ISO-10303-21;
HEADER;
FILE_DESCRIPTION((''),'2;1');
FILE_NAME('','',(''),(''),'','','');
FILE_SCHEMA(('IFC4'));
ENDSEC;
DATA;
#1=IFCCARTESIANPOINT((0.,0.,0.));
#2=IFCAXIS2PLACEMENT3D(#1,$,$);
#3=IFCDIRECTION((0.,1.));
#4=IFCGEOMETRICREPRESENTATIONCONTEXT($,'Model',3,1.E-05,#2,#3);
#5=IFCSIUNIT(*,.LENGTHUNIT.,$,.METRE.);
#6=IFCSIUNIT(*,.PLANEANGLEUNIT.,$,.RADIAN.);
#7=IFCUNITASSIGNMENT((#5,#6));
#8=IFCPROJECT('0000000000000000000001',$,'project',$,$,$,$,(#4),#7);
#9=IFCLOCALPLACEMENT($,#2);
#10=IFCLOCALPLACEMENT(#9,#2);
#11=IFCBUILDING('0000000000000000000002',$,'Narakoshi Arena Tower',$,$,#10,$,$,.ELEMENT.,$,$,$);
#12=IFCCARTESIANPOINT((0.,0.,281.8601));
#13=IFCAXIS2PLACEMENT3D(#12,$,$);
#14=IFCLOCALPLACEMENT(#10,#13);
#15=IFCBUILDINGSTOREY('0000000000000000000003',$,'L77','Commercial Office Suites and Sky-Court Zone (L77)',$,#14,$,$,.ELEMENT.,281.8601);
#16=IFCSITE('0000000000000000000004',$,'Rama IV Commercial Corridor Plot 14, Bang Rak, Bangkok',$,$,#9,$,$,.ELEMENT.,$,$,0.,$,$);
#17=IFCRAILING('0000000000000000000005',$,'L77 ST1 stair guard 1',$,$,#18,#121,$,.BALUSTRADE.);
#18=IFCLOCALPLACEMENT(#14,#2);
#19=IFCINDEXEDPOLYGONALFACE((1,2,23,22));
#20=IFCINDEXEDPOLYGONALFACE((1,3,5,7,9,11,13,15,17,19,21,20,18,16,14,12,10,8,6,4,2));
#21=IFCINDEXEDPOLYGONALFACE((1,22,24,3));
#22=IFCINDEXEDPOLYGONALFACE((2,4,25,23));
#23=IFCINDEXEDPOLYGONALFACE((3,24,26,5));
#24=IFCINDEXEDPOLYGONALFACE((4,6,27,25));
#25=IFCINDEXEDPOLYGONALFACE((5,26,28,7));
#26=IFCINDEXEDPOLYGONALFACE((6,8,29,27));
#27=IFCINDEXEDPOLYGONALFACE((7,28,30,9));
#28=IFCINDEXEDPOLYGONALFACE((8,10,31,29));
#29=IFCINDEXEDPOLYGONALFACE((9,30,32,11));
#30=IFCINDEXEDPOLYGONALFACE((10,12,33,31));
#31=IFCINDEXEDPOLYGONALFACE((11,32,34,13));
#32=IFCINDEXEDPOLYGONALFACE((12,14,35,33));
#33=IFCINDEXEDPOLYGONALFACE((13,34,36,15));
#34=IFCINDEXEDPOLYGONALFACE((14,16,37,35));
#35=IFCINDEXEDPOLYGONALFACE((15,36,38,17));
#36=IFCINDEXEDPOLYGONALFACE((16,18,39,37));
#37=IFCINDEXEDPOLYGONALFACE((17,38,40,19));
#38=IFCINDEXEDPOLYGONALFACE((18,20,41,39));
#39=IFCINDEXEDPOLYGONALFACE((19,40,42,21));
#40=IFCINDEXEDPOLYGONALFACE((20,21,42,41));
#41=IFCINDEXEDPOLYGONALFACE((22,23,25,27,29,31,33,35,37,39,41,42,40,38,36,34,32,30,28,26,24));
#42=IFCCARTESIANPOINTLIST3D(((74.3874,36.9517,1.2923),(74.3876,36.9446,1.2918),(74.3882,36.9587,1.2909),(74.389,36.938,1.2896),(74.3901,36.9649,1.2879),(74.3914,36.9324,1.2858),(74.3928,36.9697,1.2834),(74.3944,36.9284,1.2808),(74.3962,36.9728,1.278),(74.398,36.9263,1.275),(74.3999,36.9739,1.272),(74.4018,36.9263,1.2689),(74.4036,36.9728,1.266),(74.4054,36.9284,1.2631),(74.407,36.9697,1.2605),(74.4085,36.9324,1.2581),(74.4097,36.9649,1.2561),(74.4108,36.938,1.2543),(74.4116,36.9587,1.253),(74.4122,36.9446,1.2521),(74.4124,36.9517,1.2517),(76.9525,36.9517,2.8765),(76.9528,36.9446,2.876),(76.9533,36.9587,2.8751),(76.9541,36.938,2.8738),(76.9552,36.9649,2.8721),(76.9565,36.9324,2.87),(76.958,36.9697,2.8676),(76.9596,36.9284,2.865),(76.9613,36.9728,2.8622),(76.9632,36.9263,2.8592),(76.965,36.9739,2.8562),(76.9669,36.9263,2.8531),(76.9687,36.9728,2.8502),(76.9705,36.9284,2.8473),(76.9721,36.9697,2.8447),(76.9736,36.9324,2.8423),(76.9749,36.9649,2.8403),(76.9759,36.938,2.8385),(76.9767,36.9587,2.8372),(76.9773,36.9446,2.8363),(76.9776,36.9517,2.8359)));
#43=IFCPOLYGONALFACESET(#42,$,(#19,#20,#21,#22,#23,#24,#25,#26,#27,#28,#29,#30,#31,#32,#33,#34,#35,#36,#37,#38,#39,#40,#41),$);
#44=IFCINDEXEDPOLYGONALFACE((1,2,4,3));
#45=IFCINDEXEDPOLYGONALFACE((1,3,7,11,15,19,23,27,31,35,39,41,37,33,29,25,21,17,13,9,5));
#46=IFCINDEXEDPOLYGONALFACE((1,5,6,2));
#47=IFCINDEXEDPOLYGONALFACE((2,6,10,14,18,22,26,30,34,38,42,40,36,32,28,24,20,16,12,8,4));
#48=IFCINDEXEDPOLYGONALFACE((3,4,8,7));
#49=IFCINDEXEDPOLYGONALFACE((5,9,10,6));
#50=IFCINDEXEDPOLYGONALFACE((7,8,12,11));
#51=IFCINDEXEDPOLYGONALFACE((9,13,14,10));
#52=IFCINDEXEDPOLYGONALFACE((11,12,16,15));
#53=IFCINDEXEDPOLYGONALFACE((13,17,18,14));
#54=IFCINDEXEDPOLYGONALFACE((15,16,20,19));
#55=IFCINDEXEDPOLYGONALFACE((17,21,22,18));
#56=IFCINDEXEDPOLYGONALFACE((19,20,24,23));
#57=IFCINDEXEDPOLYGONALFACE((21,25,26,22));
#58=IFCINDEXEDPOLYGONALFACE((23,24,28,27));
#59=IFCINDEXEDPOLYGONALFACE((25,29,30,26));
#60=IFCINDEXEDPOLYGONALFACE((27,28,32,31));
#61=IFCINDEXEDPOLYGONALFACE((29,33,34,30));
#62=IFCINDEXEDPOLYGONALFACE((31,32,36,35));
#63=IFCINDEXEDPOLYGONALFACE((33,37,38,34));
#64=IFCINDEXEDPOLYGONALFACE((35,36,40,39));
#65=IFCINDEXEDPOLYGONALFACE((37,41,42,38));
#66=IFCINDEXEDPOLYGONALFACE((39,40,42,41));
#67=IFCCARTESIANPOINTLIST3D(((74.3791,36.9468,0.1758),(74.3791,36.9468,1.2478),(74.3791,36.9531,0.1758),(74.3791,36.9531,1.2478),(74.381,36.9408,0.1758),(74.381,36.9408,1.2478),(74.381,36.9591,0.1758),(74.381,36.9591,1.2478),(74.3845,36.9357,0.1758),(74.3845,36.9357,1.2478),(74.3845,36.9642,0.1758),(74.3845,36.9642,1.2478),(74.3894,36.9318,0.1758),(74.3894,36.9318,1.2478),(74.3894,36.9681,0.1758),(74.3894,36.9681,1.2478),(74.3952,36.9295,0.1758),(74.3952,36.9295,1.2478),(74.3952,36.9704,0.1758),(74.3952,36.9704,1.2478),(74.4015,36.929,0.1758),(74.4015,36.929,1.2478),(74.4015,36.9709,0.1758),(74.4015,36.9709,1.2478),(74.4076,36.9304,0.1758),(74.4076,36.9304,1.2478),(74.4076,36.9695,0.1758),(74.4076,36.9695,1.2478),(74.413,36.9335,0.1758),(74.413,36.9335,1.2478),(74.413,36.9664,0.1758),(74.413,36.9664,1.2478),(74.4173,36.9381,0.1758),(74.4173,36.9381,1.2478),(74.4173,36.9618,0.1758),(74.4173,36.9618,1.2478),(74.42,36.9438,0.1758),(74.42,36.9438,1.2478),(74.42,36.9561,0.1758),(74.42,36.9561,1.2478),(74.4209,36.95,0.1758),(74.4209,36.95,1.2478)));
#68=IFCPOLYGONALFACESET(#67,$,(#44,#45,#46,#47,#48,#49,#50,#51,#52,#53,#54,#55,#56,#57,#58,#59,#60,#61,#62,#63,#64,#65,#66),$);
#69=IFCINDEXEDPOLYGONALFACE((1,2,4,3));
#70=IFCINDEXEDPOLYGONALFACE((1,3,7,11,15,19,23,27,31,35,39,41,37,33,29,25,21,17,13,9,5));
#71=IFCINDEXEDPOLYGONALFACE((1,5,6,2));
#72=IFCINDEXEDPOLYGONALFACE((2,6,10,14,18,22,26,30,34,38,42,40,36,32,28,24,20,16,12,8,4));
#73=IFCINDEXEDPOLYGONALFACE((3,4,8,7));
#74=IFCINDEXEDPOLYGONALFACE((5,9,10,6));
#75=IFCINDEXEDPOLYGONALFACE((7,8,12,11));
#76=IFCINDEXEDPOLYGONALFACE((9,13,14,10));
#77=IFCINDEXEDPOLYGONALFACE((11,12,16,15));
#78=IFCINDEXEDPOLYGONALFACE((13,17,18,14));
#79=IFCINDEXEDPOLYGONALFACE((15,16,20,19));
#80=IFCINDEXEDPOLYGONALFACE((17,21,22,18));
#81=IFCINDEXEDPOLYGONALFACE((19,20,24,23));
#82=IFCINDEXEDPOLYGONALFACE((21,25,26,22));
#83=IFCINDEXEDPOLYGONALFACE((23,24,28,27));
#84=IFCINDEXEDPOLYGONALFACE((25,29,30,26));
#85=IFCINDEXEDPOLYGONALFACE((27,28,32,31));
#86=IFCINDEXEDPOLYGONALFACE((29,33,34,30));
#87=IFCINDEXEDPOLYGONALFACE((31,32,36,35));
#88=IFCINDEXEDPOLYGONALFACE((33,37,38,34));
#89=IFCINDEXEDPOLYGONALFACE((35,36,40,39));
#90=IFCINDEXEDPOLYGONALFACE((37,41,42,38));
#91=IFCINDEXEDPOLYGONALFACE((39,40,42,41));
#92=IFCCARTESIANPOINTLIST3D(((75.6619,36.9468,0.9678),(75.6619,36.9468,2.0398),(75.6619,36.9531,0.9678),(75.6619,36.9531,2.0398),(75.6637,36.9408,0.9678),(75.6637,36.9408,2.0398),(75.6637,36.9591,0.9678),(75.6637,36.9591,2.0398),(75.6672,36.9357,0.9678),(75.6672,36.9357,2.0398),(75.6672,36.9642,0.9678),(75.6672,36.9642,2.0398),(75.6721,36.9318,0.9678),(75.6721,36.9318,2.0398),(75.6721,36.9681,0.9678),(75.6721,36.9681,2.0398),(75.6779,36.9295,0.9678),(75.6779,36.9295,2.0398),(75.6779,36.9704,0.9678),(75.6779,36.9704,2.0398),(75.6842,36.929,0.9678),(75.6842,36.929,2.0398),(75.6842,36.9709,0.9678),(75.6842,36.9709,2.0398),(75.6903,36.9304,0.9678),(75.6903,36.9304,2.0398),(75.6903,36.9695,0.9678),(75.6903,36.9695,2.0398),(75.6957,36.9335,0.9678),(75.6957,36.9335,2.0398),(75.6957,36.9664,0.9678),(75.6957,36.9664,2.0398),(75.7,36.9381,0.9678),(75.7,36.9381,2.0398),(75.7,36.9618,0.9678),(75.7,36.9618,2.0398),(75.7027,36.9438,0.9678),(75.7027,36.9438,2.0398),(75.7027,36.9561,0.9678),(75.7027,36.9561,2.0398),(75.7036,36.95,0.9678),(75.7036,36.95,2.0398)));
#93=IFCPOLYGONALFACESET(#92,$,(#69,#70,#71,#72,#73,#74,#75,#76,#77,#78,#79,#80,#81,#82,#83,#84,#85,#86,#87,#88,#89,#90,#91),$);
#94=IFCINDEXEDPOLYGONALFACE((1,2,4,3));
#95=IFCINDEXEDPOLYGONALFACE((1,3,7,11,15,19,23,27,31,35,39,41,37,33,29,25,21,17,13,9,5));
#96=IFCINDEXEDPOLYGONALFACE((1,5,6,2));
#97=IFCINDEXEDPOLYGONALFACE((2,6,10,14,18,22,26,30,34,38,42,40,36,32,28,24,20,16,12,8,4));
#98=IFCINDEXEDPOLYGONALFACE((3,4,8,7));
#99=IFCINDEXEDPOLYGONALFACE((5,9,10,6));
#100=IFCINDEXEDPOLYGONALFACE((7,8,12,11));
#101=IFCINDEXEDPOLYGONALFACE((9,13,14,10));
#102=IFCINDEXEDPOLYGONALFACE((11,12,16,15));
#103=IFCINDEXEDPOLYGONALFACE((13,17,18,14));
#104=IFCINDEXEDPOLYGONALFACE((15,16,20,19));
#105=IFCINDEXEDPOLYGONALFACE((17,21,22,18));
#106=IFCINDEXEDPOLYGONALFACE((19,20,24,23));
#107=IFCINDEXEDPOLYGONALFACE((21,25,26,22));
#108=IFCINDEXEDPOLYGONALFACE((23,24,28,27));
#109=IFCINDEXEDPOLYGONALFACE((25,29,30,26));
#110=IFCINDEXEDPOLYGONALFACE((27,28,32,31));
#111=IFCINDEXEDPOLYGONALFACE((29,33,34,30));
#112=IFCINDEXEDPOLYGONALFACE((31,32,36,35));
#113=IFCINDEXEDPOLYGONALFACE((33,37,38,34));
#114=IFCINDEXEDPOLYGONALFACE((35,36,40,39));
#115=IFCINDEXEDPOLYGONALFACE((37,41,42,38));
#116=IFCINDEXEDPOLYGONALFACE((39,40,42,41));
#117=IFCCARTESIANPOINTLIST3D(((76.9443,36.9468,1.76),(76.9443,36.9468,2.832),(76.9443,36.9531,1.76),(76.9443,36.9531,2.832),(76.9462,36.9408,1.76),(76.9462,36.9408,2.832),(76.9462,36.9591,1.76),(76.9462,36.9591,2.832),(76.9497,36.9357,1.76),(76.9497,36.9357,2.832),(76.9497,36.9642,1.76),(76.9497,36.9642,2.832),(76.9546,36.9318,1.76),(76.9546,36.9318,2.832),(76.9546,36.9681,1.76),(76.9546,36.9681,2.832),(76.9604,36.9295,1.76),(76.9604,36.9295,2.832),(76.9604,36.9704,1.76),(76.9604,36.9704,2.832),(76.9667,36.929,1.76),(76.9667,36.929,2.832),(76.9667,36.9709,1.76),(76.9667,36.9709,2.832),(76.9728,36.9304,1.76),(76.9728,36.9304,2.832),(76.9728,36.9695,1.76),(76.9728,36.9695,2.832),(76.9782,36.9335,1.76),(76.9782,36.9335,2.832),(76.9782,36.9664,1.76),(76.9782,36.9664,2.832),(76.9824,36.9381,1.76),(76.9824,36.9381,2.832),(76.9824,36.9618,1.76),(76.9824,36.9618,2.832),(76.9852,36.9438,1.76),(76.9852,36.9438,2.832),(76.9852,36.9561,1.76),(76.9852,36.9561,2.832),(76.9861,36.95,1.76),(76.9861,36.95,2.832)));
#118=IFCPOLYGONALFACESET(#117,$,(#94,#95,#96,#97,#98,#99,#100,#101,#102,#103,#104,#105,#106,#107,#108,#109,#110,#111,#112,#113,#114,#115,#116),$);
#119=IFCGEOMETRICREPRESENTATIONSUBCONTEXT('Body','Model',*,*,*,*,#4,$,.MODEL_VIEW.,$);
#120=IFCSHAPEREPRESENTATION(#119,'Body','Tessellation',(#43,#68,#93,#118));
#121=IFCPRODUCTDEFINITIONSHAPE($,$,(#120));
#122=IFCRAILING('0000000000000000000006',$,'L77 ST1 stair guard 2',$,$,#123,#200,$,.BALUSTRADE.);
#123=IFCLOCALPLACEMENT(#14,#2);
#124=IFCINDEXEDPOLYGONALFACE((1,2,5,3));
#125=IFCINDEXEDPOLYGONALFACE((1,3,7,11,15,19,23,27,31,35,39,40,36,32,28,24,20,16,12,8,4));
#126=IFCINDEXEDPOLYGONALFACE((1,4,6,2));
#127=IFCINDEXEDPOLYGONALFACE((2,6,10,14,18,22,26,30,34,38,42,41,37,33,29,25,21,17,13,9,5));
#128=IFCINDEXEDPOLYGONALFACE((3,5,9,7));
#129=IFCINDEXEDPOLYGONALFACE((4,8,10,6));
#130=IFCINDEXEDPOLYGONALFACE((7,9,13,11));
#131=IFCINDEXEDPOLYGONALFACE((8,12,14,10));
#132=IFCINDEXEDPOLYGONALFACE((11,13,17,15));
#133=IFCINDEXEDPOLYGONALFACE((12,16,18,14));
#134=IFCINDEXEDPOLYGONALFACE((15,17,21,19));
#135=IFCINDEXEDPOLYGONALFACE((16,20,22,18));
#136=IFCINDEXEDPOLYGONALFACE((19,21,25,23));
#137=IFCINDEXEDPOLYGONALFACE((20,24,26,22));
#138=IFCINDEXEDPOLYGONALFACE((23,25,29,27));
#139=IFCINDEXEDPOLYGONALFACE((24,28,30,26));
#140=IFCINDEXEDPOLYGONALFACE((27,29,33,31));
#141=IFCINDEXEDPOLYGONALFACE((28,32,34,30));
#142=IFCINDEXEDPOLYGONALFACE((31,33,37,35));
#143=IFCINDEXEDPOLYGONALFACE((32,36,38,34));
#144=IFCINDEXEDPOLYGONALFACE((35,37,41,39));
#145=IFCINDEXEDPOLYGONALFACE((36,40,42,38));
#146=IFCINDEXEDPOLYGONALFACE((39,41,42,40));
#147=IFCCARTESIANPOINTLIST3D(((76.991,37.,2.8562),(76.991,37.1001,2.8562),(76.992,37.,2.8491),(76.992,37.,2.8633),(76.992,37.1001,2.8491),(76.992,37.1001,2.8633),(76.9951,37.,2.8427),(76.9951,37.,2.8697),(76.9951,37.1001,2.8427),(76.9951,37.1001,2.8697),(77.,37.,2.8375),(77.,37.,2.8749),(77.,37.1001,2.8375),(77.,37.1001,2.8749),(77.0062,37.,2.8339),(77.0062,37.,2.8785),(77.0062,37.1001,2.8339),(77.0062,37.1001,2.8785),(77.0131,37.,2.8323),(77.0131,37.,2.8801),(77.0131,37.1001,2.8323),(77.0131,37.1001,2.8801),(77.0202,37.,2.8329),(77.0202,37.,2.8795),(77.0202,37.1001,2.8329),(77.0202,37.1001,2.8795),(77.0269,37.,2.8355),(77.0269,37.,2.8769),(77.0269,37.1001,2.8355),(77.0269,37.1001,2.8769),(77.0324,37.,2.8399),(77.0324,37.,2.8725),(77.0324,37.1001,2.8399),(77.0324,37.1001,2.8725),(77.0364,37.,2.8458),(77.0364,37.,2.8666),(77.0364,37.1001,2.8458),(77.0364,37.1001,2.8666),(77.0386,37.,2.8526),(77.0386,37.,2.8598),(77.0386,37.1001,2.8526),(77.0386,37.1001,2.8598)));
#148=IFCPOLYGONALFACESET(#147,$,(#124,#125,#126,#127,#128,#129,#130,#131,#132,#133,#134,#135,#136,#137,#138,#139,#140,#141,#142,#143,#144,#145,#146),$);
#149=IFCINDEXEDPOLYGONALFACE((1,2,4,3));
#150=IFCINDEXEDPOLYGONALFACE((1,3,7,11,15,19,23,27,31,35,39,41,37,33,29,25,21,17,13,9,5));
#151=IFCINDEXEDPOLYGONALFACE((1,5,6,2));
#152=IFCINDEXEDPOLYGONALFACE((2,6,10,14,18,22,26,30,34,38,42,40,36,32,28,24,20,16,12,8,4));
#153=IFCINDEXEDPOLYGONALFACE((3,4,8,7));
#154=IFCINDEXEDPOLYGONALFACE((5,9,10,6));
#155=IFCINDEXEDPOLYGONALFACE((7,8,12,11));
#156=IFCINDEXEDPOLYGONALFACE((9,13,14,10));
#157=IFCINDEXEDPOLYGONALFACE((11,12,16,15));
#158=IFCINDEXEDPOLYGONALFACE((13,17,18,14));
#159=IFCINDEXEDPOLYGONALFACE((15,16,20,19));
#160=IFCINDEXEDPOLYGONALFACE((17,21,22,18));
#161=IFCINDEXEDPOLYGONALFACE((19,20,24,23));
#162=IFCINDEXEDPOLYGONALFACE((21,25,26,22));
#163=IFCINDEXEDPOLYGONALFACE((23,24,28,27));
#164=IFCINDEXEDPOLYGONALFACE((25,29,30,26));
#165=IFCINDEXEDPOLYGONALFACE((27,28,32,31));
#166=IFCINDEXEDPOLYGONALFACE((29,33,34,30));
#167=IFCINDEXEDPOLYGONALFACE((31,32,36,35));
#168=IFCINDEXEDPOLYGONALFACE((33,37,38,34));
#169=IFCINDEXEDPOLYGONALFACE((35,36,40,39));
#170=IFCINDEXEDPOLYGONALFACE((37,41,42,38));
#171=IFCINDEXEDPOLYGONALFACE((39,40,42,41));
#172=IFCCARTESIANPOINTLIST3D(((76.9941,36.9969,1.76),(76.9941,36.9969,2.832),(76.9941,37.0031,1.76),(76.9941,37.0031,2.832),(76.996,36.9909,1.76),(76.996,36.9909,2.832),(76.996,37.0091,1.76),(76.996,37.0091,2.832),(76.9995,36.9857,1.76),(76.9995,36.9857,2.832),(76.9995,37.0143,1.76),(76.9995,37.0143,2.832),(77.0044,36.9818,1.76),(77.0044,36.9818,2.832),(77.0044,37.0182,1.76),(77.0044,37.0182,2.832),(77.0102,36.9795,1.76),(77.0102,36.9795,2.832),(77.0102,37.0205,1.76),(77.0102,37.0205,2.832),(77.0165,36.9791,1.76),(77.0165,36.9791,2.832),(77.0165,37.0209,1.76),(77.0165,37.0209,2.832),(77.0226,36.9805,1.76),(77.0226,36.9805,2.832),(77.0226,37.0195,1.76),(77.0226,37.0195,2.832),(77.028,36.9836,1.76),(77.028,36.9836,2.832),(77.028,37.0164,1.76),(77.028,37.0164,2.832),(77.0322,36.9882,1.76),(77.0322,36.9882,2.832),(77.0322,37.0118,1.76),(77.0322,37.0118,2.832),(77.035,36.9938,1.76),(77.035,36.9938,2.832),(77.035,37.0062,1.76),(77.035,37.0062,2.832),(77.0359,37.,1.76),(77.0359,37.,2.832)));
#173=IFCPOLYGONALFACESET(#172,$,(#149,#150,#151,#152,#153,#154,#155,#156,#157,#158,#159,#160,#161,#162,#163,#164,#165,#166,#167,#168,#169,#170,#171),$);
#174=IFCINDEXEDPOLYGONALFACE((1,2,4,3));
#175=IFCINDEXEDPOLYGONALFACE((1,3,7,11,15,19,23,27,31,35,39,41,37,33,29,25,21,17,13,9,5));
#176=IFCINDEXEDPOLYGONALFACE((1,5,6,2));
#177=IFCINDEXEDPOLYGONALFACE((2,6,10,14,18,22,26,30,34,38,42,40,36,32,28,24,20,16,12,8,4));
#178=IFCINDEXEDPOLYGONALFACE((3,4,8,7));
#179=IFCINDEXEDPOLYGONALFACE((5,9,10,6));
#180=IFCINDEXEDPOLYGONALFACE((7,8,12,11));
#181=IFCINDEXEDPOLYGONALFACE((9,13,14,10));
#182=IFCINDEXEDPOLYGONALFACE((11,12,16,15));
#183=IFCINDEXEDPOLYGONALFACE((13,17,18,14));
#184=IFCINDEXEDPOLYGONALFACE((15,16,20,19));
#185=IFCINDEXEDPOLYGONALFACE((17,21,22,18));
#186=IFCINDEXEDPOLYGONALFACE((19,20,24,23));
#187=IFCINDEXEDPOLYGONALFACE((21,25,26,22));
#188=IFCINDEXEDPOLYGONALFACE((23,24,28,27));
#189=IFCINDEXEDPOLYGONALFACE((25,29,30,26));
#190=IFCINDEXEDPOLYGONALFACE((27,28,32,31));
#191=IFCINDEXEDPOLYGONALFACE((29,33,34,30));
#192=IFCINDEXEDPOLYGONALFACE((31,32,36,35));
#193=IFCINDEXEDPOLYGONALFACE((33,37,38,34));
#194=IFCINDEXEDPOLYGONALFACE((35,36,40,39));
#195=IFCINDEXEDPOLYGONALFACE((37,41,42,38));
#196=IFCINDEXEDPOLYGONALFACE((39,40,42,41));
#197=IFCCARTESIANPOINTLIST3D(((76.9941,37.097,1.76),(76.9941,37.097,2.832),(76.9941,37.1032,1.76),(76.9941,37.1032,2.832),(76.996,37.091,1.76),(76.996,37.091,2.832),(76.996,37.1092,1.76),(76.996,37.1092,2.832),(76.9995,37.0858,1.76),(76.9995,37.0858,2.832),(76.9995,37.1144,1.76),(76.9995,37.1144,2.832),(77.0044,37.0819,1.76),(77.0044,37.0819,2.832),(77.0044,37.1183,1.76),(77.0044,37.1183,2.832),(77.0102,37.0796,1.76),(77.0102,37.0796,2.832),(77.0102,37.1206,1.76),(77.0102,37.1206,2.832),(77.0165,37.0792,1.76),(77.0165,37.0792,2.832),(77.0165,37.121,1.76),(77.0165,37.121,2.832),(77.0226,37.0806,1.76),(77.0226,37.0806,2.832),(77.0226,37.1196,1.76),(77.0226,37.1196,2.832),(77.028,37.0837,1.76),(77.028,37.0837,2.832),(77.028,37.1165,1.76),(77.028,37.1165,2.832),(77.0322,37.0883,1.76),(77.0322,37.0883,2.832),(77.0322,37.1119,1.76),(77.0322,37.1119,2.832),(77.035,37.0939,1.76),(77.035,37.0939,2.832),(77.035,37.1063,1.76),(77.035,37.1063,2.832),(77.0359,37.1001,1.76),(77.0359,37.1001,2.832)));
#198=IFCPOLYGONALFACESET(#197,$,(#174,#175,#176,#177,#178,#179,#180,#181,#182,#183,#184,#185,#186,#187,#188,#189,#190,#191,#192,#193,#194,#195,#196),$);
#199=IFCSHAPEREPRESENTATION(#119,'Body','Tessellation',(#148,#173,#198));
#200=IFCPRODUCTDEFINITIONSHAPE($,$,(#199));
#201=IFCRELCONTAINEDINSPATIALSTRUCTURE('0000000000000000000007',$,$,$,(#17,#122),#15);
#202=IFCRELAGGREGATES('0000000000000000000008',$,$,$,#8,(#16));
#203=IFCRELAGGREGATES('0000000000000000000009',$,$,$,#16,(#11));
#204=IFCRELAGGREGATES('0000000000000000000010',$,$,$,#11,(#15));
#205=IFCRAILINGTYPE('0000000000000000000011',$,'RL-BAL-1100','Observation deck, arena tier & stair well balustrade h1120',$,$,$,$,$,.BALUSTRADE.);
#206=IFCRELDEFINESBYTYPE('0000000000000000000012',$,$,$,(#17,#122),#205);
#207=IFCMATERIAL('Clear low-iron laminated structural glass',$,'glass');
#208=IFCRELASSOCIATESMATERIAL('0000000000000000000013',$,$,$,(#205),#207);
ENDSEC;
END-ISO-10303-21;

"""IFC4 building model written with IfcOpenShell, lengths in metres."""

from ifc_helpers import new_model, si_unit, direction, frame, origin, origin_2d, place, context, subcontext, project, spatial, circle, extrude, material, type_object, element, save


model = new_model("IFC4")

# Units and contexts
model_context = context("Model", 3, precision=1e-05, world=origin(), true_north=direction((0.0, 1.0)))
body_context = subcontext(model_context, "Body", "Model", "MODEL_VIEW")
ifc_project = project(units=[si_unit("LENGTHUNIT", "METRE"), si_unit("PLANEANGLEUNIT", "RADIAN")], contexts=[model_context])

# Site, building, storey
site_placement = place(None, origin())
site = spatial("IfcSite", under=ifc_project, at=site_placement, Name="Rama IV Commercial Corridor Plot 14, Bang Rak, Bangkok", CompositionType="ELEMENT", RefElevation=0.0)
building_placement = place(site_placement, origin())
building = spatial("IfcBuilding", under=site, at=building_placement, Name="Narakoshi Arena Tower", CompositionType="ELEMENT")
storey_placement = place(building_placement, frame((0.0, 0.0, 281.8601)))
storey = spatial("IfcBuildingStorey", under=building, at=storey_placement, Name="L77", Description="Commercial Office Suites and Sky-Court Zone (L77)", CompositionType="ELEMENT", Elevation=281.8601)

# Railings
ifc_material_1 = material(Name="Clear low-iron laminated structural glass", Category="glass")
railing_type_1 = type_object("IfcRailingType", Name="RL-BAL-1100", Description="Observation deck, arena tier & stair well balustrade h1120", PredefinedType="BALUSTRADE", material=ifc_material_1)
railing_1_placement = place(storey_placement, frame((74.3999, 36.95, 0.1758)))
element("IfcRailing", 1, at=railing_1_placement, inside=storey, type_object=railing_type_1, Name="L77 ST1 stair guard 1", PredefinedType="BALUSTRADE", context=body_context, shape_type="SweptSolid", body=[
    extrude(circle(Radius=0.0239, at=origin_2d()), frame((0.0, 0.0, 1.0962), z_axis=(0.85082, 0.0, 0.525457), x_axis=(0.0, 1.0, 0.0)), (0.0, 0.0, 1.0), 3.0149),
    extrude(circle(Radius=0.021, at=origin_2d()), origin(), (0.0, 0.0, 1.0), 1.072),
    extrude(circle(Radius=0.021, at=origin_2d()), frame((1.2827, 0.0, 0.792)), (0.0, 0.0, 1.0), 1.072),
    extrude(circle(Radius=0.021, at=origin_2d()), frame((2.5652, 0.0, 1.5842)), (0.0, 0.0, 1.0), 1.072),
])
railing_2_placement = place(storey_placement, frame((77.0149, 37.0, 1.76)))
element("IfcRailing", 2, at=railing_2_placement, inside=storey, type_object=railing_type_1, Name="L77 ST1 stair guard 2", PredefinedType="BALUSTRADE", context=body_context, shape_type="SweptSolid", body=[
    extrude(circle(Radius=0.0239, at=origin_2d()), frame((0.0, 0.0, 1.0962), z_axis=(0.0, 1.0, 0.0), x_axis=(-1.0, 0.0, 0.0)), (0.0, 0.0, 1.0), 0.1001),
    extrude(circle(Radius=0.021, at=origin_2d()), origin(), (0.0, 0.0, 1.0), 1.072),
    extrude(circle(Radius=0.021, at=origin_2d()), frame((0.0, 0.1001, 0.0)), (0.0, 0.0, 1.0), 1.072),
])

save(model, "model.ifc")
